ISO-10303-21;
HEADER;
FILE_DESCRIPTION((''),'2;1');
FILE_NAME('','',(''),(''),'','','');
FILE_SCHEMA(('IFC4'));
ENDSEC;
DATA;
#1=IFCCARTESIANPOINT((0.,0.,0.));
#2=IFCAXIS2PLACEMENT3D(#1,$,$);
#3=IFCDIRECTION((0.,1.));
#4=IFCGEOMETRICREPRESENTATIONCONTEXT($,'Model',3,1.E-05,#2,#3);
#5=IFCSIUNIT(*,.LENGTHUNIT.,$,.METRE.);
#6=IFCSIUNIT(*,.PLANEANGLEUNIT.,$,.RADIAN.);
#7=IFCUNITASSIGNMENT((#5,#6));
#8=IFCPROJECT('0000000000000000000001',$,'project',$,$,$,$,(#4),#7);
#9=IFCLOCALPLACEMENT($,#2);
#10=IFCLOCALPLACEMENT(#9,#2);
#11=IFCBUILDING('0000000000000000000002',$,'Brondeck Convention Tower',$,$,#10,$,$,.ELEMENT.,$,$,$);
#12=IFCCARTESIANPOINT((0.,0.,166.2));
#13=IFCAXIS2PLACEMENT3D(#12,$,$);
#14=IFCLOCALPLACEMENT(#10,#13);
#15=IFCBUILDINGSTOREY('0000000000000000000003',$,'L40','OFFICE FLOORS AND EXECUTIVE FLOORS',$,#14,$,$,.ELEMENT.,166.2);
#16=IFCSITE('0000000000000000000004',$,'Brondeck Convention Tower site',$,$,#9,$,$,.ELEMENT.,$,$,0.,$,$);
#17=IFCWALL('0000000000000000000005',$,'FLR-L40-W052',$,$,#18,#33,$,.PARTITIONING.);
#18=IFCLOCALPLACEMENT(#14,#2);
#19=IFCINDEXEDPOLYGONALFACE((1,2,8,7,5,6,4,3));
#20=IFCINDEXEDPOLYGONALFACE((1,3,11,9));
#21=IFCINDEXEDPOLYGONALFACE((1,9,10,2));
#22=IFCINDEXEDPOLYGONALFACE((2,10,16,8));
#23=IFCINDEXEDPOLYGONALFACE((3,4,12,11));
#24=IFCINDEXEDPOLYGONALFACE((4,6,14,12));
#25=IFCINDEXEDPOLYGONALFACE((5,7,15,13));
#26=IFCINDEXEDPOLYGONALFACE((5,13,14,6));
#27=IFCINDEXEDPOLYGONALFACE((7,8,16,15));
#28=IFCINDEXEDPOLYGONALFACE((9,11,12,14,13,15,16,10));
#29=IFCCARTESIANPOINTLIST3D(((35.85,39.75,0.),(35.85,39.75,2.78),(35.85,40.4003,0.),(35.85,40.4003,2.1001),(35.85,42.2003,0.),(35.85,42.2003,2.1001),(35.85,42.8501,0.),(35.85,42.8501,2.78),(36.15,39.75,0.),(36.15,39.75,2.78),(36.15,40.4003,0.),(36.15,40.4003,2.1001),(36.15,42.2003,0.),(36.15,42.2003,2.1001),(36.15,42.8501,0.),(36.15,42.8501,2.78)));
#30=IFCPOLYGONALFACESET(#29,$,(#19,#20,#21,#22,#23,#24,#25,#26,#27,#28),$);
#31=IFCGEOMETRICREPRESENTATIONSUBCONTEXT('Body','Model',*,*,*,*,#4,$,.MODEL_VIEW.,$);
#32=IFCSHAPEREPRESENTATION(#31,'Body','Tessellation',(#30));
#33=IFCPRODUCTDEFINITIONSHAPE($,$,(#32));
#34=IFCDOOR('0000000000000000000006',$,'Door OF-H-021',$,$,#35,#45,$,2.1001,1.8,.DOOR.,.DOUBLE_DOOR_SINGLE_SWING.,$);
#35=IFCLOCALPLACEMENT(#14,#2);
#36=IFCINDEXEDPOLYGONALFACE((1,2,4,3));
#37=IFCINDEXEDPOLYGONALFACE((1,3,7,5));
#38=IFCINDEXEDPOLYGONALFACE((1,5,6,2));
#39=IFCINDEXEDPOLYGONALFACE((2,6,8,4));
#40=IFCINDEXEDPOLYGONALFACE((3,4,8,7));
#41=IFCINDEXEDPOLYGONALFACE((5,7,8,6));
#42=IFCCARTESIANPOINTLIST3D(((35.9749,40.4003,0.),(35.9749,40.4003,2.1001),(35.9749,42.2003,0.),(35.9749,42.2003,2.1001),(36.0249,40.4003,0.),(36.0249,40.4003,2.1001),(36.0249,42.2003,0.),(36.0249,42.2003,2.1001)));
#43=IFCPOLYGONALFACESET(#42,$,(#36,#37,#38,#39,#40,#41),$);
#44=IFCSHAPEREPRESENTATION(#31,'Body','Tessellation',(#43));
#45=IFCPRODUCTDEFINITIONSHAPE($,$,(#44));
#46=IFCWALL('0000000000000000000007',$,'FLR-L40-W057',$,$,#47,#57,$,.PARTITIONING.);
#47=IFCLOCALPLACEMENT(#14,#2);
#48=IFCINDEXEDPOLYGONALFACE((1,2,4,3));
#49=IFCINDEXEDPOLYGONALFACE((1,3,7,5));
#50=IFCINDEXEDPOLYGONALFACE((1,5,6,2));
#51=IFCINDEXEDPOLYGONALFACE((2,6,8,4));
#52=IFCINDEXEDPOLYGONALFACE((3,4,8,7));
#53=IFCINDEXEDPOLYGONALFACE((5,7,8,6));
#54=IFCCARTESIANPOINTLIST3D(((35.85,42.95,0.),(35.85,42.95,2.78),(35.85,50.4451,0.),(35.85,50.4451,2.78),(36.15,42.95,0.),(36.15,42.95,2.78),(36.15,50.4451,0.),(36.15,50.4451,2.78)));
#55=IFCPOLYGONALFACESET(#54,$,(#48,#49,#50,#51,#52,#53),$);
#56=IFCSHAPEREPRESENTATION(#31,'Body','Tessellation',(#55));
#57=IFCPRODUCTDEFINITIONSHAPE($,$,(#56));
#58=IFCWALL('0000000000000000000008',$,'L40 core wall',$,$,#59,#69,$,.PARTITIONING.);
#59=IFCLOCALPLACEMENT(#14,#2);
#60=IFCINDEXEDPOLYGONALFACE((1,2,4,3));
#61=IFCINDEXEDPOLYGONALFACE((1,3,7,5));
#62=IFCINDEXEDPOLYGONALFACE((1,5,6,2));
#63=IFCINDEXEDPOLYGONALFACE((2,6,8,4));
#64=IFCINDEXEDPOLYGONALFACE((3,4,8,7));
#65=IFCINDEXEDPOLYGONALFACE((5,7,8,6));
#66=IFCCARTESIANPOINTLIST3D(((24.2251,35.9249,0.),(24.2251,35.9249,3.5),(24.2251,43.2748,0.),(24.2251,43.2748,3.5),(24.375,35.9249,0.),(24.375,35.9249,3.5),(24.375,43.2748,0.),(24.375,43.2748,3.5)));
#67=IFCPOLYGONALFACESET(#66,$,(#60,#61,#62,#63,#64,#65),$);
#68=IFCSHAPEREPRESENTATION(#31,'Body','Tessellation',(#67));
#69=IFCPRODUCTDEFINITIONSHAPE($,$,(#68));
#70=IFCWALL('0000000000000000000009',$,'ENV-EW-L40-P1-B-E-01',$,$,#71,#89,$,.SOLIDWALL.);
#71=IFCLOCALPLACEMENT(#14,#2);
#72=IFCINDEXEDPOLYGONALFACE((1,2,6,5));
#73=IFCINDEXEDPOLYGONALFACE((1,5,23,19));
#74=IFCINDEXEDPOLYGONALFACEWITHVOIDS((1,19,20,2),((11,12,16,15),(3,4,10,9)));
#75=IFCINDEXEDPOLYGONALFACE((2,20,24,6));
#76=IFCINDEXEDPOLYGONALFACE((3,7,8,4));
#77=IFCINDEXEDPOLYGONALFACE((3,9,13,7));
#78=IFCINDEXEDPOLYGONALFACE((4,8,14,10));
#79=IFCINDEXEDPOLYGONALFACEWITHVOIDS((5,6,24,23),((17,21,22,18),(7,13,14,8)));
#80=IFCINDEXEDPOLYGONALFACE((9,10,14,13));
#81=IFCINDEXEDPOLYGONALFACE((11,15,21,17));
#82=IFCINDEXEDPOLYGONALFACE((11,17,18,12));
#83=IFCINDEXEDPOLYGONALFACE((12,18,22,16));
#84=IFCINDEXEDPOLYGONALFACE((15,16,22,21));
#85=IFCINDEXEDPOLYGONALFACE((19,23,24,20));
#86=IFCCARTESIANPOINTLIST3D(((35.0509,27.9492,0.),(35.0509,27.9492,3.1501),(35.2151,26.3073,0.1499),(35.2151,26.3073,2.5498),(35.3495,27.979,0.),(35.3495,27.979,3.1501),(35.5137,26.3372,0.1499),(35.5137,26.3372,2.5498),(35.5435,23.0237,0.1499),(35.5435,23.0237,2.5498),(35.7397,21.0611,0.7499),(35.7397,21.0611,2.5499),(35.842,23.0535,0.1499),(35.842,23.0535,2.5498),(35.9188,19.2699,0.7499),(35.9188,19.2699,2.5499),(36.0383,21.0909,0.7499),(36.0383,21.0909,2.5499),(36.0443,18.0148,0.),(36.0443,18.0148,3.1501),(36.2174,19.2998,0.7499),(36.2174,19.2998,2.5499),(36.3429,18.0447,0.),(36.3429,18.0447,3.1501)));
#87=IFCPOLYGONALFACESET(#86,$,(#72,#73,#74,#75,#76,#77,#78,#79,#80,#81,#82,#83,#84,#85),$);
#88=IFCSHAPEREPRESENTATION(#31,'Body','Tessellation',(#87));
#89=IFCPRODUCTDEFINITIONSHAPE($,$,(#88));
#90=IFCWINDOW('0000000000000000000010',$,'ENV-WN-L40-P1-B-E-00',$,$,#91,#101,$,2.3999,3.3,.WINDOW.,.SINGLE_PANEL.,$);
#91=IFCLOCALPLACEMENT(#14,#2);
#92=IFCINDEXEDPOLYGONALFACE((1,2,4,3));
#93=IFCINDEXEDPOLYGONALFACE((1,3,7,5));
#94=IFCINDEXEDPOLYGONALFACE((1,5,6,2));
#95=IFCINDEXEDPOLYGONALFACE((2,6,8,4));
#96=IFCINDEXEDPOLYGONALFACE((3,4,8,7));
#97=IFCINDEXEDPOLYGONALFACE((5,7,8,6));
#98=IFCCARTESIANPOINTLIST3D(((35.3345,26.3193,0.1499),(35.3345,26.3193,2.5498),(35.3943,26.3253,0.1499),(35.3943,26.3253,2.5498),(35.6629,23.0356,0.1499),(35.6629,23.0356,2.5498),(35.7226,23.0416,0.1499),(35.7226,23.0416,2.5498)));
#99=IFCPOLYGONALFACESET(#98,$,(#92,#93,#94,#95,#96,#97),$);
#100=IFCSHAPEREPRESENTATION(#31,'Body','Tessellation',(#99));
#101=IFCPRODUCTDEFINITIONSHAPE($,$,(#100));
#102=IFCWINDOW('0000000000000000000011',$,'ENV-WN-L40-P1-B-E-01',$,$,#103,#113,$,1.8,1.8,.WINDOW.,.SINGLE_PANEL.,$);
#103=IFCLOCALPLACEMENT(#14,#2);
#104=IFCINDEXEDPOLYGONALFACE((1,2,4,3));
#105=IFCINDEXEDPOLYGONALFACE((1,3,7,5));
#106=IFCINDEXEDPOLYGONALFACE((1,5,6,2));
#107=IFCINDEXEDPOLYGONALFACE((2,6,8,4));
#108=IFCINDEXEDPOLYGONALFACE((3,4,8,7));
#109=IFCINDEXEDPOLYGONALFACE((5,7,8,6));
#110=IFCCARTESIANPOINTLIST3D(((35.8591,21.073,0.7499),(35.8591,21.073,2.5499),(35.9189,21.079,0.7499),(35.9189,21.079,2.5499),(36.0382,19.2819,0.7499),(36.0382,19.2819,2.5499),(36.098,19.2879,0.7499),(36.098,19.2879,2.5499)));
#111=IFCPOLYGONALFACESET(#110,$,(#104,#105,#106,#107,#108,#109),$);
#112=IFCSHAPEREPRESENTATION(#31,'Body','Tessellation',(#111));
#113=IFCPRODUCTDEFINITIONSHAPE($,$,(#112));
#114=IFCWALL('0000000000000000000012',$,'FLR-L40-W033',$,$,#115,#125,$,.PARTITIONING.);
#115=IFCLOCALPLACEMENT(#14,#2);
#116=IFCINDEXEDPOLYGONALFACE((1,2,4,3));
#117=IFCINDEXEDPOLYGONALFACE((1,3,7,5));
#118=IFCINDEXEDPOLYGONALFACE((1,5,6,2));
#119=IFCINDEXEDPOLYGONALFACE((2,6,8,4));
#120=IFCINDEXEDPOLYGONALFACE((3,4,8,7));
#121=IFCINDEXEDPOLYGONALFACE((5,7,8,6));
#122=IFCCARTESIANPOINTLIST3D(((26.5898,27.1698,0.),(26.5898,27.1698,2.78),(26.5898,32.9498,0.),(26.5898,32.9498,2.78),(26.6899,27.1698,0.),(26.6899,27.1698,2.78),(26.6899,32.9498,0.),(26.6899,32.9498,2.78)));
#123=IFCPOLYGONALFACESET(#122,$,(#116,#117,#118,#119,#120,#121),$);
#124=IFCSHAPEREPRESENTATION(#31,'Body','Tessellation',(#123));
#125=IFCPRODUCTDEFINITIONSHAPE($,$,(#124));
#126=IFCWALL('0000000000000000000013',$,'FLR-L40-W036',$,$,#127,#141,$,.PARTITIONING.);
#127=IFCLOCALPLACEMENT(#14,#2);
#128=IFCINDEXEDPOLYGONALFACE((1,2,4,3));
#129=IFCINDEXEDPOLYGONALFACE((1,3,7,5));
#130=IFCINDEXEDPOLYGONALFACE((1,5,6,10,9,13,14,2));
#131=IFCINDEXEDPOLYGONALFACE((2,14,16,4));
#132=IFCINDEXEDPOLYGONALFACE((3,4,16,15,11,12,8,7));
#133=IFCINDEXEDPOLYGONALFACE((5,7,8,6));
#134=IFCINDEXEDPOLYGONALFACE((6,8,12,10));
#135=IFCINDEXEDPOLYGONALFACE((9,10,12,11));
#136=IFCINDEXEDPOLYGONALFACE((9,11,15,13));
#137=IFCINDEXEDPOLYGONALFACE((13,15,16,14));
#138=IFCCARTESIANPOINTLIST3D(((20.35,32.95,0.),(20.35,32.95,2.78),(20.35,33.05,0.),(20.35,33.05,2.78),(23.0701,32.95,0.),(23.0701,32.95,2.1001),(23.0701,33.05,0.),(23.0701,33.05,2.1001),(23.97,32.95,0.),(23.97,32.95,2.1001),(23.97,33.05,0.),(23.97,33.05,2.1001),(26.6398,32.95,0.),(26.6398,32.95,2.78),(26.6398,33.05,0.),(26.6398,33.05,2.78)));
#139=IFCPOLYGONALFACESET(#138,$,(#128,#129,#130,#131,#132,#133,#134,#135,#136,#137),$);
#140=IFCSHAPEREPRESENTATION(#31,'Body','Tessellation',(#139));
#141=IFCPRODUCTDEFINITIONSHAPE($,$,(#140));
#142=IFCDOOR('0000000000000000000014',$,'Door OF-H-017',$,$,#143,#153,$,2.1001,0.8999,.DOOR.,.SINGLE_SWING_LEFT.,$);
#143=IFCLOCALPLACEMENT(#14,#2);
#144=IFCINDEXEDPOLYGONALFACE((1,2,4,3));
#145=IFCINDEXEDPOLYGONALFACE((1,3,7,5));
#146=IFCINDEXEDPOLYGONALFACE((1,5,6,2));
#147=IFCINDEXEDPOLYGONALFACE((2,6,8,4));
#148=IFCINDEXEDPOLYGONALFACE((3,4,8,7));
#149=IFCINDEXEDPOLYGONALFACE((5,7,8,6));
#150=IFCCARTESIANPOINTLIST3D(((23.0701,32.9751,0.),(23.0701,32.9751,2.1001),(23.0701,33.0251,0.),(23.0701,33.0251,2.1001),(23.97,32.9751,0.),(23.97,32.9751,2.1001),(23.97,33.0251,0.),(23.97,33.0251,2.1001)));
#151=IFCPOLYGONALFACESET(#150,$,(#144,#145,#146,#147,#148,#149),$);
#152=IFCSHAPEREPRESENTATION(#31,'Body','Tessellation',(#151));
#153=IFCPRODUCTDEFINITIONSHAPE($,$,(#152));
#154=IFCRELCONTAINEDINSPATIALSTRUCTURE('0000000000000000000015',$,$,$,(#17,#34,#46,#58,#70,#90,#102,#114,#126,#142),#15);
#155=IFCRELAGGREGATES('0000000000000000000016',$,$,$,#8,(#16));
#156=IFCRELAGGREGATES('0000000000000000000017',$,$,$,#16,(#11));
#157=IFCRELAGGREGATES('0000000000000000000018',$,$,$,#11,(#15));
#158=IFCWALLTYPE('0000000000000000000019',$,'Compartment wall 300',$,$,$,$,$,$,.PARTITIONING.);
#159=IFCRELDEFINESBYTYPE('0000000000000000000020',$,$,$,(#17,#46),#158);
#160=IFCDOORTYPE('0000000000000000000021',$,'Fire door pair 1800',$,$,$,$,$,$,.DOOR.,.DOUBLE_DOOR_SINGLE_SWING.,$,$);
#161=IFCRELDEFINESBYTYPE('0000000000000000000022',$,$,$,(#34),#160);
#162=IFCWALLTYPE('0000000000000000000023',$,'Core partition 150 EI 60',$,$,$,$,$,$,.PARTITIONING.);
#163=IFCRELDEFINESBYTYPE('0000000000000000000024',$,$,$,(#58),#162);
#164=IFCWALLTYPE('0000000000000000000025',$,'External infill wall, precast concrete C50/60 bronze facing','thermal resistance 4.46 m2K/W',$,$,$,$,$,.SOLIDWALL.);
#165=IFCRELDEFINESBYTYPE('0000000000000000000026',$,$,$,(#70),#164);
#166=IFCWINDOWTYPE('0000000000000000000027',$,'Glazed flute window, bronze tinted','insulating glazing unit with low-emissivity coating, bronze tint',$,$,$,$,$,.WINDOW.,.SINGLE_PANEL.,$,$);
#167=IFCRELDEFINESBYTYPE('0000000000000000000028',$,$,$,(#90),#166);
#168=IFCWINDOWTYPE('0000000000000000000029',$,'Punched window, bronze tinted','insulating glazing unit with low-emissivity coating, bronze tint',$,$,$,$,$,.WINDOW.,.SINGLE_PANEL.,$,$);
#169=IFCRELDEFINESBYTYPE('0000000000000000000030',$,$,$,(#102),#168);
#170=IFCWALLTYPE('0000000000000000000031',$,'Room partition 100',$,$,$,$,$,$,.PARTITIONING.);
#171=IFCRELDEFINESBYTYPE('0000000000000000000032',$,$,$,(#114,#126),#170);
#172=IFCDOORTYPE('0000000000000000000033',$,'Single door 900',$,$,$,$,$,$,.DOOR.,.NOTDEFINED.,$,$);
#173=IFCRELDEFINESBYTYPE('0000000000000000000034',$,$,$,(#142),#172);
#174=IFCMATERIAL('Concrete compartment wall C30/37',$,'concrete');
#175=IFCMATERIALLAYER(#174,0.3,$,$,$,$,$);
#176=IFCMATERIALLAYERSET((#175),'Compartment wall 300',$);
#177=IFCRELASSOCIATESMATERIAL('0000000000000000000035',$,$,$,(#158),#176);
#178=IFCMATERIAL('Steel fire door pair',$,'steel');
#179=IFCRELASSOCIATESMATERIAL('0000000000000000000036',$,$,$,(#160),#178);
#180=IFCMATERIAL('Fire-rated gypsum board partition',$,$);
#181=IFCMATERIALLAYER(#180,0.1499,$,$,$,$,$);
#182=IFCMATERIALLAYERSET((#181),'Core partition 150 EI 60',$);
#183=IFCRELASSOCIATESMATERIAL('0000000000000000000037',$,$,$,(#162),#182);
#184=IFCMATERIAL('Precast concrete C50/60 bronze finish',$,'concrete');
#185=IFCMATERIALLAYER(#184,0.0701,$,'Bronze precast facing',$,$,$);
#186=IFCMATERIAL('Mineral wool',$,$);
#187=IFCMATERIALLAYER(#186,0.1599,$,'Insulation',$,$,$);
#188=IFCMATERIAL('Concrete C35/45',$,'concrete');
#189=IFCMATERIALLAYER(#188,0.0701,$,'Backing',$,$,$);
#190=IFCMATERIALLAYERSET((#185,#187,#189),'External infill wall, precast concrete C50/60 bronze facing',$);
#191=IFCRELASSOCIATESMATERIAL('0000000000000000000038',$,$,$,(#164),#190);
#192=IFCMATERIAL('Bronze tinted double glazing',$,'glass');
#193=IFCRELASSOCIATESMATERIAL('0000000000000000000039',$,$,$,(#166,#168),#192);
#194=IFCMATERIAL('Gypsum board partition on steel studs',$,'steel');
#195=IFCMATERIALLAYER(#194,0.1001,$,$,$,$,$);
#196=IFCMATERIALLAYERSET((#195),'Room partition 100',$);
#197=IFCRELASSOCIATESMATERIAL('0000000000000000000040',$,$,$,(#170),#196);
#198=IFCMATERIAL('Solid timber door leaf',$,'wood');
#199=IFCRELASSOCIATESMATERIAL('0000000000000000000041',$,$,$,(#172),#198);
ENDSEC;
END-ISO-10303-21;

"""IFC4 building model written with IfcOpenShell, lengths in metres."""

from ifc_helpers import new_model, si_unit, direction, frame, frame_2d, origin, place, context, subcontext, project, spatial, rectangle, extrude, material, layer, layer_set, type_object, element, fill, save


model = new_model("IFC4")

# Units and contexts
model_context = context("Model", 3, precision=1e-05, world=origin(), true_north=direction((0.0, 1.0)))
body_context = subcontext(model_context, "Body", "Model", "MODEL_VIEW")
ifc_project = project(units=[si_unit("LENGTHUNIT", "METRE"), si_unit("PLANEANGLEUNIT", "RADIAN")], contexts=[model_context])

# Site, building, storey
site_placement = place(None, origin())
site = spatial("IfcSite", under=ifc_project, at=site_placement, Name="Brondeck Convention Tower site", CompositionType="ELEMENT", RefElevation=0.0)
building_placement = place(site_placement, origin())
building = spatial("IfcBuilding", under=site, at=building_placement, Name="Brondeck Convention Tower", CompositionType="ELEMENT")
storey_placement = place(building_placement, frame((0.0, 0.0, 166.2)))
storey = spatial("IfcBuildingStorey", under=building, at=storey_placement, Name="L40", Description="OFFICE FLOORS AND EXECUTIVE FLOORS", CompositionType="ELEMENT", Elevation=166.2)

# Shared definitions
ifc_material_1 = material(Name="Concrete compartment wall C30/37", Category="concrete")
ifc_layer_1 = layer(ifc_material_1, 0.3)
ifc_layer_set_1 = layer_set([ifc_layer_1], Name="Compartment wall 300")
wall_type_1 = type_object("IfcWallType", Name="Compartment wall 300", PredefinedType="PARTITIONING", material=ifc_layer_set_1)

# Wall, opening, door
wall_1_placement = place(storey_placement, frame((36.0, 42.8501, 0.0), z_axis=(0.0, 0.0, 1.0), x_axis=(0.0, -1.0, 0.0)))
wall_1 = element("IfcWall", 1, at=wall_1_placement, inside=storey, type_object=wall_type_1, Name="FLR-L40-W052", PredefinedType="PARTITIONING", context=body_context, shape_type="SweptSolid", body=[
    extrude(rectangle(XDim=3.1001, YDim=0.3, at=frame_2d((1.55, 0.0))), origin(), (0.0, 0.0, 1.0), 2.78),
])
opening_1_placement = place(wall_1_placement, frame((0.6499, 0.0, 0.0)))
opening_1 = element("IfcOpeningElement", 2, at=opening_1_placement, cuts=wall_1, PredefinedType="OPENING", context=body_context, shape_type="SweptSolid", body=[
    extrude(rectangle(XDim=1.8, YDim=2.1001, at=frame_2d((0.8999, 1.05))), frame((0.0, 0.1599, 0.0), z_axis=(0.0, -1.0, 0.0), x_axis=(1.0, 0.0, 0.0)), (0.0, 0.0, 1.0), 0.3201),
])
ifc_material_2 = material(Name="Steel fire door pair", Category="steel")
door_type_1 = type_object("IfcDoorType", Name="Fire door pair 1800", OperationType="DOUBLE_DOOR_SINGLE_SWING", PredefinedType="DOOR", material=ifc_material_2)
door_1_placement = place(opening_1_placement, origin())
door_1 = element("IfcDoor", 3, at=door_1_placement, inside=storey, type_object=door_type_1, Name="Door OF-H-021", OperationType="DOUBLE_DOOR_SINGLE_SWING", OverallHeight=2.1001, OverallWidth=1.8, PredefinedType="DOOR", context=body_context, shape_type="SweptSolid", body=[
    extrude(rectangle(XDim=1.8, YDim=2.1001, at=frame_2d((0.8999, 1.05))), frame((0.0, 0.0249, 0.0), z_axis=(0.0, -1.0, 0.0), x_axis=(1.0, 0.0, 0.0)), (0.0, 0.0, 1.0), 0.05),
])
fill(opening_1, door_1)

# Walls
wall_2_placement = place(storey_placement, frame((36.0, 42.95, 0.0), z_axis=(0.0, 0.0, 1.0), x_axis=(0.0, 1.0, 0.0)))
element("IfcWall", 4, at=wall_2_placement, inside=storey, type_object=wall_type_1, Name="FLR-L40-W057", PredefinedType="PARTITIONING", context=body_context, shape_type="SweptSolid", body=[
    extrude(rectangle(XDim=7.4951, YDim=0.3, at=frame_2d((3.7476, 0.0))), origin(), (0.0, 0.0, 1.0), 2.78),
])
ifc_material_3 = material(Name="Fire-rated gypsum board partition")
ifc_layer_2 = layer(ifc_material_3, 0.1499)
ifc_layer_set_2 = layer_set([ifc_layer_2], Name="Core partition 150 EI 60")
wall_type_2 = type_object("IfcWallType", Name="Core partition 150 EI 60", PredefinedType="PARTITIONING", material=ifc_layer_set_2)
wall_3_placement = place(storey_placement, frame((24.3, 35.925, 0.0), z_axis=(0.0, 0.0, 1.0), x_axis=(0.0, 1.0, 0.0)))
element("IfcWall", 5, at=wall_3_placement, inside=storey, type_object=wall_type_2, Name="L40 core wall", PredefinedType="PARTITIONING", context=body_context, shape_type="SweptSolid", body=[
    extrude(rectangle(XDim=7.3499, YDim=0.1499, at=frame_2d((3.6748, 0.0))), origin(), (0.0, 0.0, 1.0), 3.5),
])

# Wall, openings, windows
ifc_material_4 = material(Name="Precast concrete C50/60 bronze finish", Category="concrete")
ifc_layer_3 = layer(ifc_material_4, 0.0701, Name="Bronze precast facing")
ifc_material_5 = material(Name="Mineral wool")
ifc_layer_4 = layer(ifc_material_5, 0.1599, Name="Insulation")
ifc_material_6 = material(Name="Concrete C35/45", Category="concrete")
ifc_layer_5 = layer(ifc_material_6, 0.0701, Name="Backing")
ifc_layer_set_3 = layer_set([ifc_layer_3, ifc_layer_4, ifc_layer_5], Name="External infill wall, precast concrete C50/60 bronze facing")
wall_type_3 = type_object("IfcWallType", Name="External infill wall, precast concrete C50/60 bronze facing", Description="thermal resistance 4.46 m2K/W", PredefinedType="SOLIDWALL", material=ifc_layer_set_3)
wall_4_placement = place(storey_placement, frame((35.2002, 27.9641, 0.0), z_axis=(0.0, 0.0, 1.0), x_axis=(0.099501, -0.995037, 0.0)))
wall_4 = element("IfcWall", 6, at=wall_4_placement, inside=storey, type_object=wall_type_3, Name="ENV-EW-L40-P1-B-E-01", PredefinedType="SOLIDWALL", context=body_context, shape_type="SweptSolid", body=[
    extrude(rectangle(XDim=9.9839, YDim=0.3, at=frame_2d((4.9919, 0.0))), origin(), (0.0, 0.0, 1.0), 3.1501),
])
opening_2_placement = place(wall_4_placement, frame((1.6501, 0.0, 0.1499)))
opening_2 = element("IfcOpeningElement", 7, at=opening_2_placement, cuts=wall_4, PredefinedType="OPENING", context=body_context, shape_type="SweptSolid", body=[
    extrude(rectangle(XDim=3.3, YDim=2.3999, at=frame_2d((1.6499, 1.2))), frame((0.0, 0.1599, 0.0), z_axis=(0.0, -1.0, 0.0), x_axis=(1.0, 0.0, 0.0)), (0.0, 0.0, 1.0), 0.3201),
])
opening_3_placement = place(wall_4_placement, frame((6.9226, 0.0, 0.75)))
opening_3 = element("IfcOpeningElement", 8, at=opening_3_placement, cuts=wall_4, PredefinedType="OPENING", context=body_context, shape_type="SweptSolid", body=[
    extrude(rectangle(XDim=1.8, YDim=1.8, at=frame_2d((0.8999, 0.8999))), frame((0.0, 0.1599, 0.0), z_axis=(0.0, -1.0, 0.0), x_axis=(1.0, 0.0, 0.0)), (0.0, 0.0, 1.0), 0.3201),
])
ifc_material_7 = material(Name="Bronze tinted double glazing", Category="glass")
window_type_1 = type_object("IfcWindowType", Name="Glazed flute window, bronze tinted", Description="insulating glazing unit with low-emissivity coating, bronze tint", PartitioningType="SINGLE_PANEL", PredefinedType="WINDOW", material=ifc_material_7)
window_1_placement = place(opening_2_placement, origin())
window_1 = element("IfcWindow", 9, at=window_1_placement, inside=storey, type_object=window_type_1, Name="ENV-WN-L40-P1-B-E-00", OverallHeight=2.3999, OverallWidth=3.3, PartitioningType="SINGLE_PANEL", PredefinedType="WINDOW", context=body_context, shape_type="SweptSolid", body=[
    extrude(rectangle(XDim=3.3, YDim=2.3999, at=frame_2d((1.6499, 1.2))), frame((0.0, 0.03, 0.0), z_axis=(0.0, -1.0, 0.0), x_axis=(1.0, 0.0, 0.0)), (0.0, 0.0, 1.0), 0.0601),
])
fill(opening_2, window_1)
window_type_2 = type_object("IfcWindowType", Name="Punched window, bronze tinted", Description="insulating glazing unit with low-emissivity coating, bronze tint", PartitioningType="SINGLE_PANEL", PredefinedType="WINDOW", material=ifc_material_7)
window_2_placement = place(opening_3_placement, origin())
window_2 = element("IfcWindow", 10, at=window_2_placement, inside=storey, type_object=window_type_2, Name="ENV-WN-L40-P1-B-E-01", OverallHeight=1.8, OverallWidth=1.8, PartitioningType="SINGLE_PANEL", PredefinedType="WINDOW", context=body_context, shape_type="SweptSolid", body=[
    extrude(rectangle(XDim=1.8, YDim=1.8, at=frame_2d((0.8999, 0.8999))), frame((0.0, 0.03, 0.0), z_axis=(0.0, -1.0, 0.0), x_axis=(1.0, 0.0, 0.0)), (0.0, 0.0, 1.0), 0.0601),
])
fill(opening_3, window_2)

# Wall
ifc_material_8 = material(Name="Gypsum board partition on steel studs", Category="steel")
ifc_layer_6 = layer(ifc_material_8, 0.1001)
ifc_layer_set_4 = layer_set([ifc_layer_6], Name="Room partition 100")
wall_type_4 = type_object("IfcWallType", Name="Room partition 100", PredefinedType="PARTITIONING", material=ifc_layer_set_4)
wall_5_placement = place(storey_placement, frame((26.6399, 32.95, 0.0), z_axis=(0.0, 0.0, 1.0), x_axis=(0.0, -1.0, 0.0)))
element("IfcWall", 11, at=wall_5_placement, inside=storey, type_object=wall_type_4, Name="FLR-L40-W033", PredefinedType="PARTITIONING", context=body_context, shape_type="SweptSolid", body=[
    extrude(rectangle(XDim=5.78, YDim=0.1001, at=frame_2d((2.8901, 0.0))), origin(), (0.0, 0.0, 1.0), 2.78),
])

# Wall, opening, door
wall_6_placement = place(storey_placement, frame((26.6399, 33.0, 0.0), z_axis=(0.0, 0.0, 1.0), x_axis=(-1.0, 0.0, 0.0)))
wall_6 = element("IfcWall", 12, at=wall_6_placement, inside=storey, type_object=wall_type_4, Name="FLR-L40-W036", PredefinedType="PARTITIONING", context=body_context, shape_type="SweptSolid", body=[
    extrude(rectangle(XDim=6.2898, YDim=0.1001, at=frame_2d((3.145, 0.0))), origin(), (0.0, 0.0, 1.0), 2.78),
])
opening_4_placement = place(wall_6_placement, frame((2.6699, 0.0, 0.0)))
opening_4 = element("IfcOpeningElement", 13, at=opening_4_placement, cuts=wall_6, PredefinedType="OPENING", context=body_context, shape_type="SweptSolid", body=[
    extrude(rectangle(XDim=0.8999, YDim=2.1001, at=frame_2d((0.45, 1.05))), frame((0.0, 0.0601, 0.0), z_axis=(0.0, -1.0, 0.0), x_axis=(1.0, 0.0, 0.0)), (0.0, 0.0, 1.0), 0.1201),
])
ifc_material_9 = material(Name="Solid timber door leaf", Category="wood")
door_type_2 = type_object("IfcDoorType", Name="Single door 900", OperationType="NOTDEFINED", PredefinedType="DOOR", material=ifc_material_9)
door_2_placement = place(opening_4_placement, origin())
door_2 = element("IfcDoor", 14, at=door_2_placement, inside=storey, type_object=door_type_2, Name="Door OF-H-017", OperationType="SINGLE_SWING_LEFT", OverallHeight=2.1001, OverallWidth=0.8999, PredefinedType="DOOR", context=body_context, shape_type="SweptSolid", body=[
    extrude(rectangle(XDim=0.8999, YDim=2.1001, at=frame_2d((0.45, 1.05))), frame((0.0, 0.0249, 0.0), z_axis=(0.0, -1.0, 0.0), x_axis=(1.0, 0.0, 0.0)), (0.0, 0.0, 1.0), 0.05),
])
fill(opening_4, door_2)

save(model, "model.ifc")
